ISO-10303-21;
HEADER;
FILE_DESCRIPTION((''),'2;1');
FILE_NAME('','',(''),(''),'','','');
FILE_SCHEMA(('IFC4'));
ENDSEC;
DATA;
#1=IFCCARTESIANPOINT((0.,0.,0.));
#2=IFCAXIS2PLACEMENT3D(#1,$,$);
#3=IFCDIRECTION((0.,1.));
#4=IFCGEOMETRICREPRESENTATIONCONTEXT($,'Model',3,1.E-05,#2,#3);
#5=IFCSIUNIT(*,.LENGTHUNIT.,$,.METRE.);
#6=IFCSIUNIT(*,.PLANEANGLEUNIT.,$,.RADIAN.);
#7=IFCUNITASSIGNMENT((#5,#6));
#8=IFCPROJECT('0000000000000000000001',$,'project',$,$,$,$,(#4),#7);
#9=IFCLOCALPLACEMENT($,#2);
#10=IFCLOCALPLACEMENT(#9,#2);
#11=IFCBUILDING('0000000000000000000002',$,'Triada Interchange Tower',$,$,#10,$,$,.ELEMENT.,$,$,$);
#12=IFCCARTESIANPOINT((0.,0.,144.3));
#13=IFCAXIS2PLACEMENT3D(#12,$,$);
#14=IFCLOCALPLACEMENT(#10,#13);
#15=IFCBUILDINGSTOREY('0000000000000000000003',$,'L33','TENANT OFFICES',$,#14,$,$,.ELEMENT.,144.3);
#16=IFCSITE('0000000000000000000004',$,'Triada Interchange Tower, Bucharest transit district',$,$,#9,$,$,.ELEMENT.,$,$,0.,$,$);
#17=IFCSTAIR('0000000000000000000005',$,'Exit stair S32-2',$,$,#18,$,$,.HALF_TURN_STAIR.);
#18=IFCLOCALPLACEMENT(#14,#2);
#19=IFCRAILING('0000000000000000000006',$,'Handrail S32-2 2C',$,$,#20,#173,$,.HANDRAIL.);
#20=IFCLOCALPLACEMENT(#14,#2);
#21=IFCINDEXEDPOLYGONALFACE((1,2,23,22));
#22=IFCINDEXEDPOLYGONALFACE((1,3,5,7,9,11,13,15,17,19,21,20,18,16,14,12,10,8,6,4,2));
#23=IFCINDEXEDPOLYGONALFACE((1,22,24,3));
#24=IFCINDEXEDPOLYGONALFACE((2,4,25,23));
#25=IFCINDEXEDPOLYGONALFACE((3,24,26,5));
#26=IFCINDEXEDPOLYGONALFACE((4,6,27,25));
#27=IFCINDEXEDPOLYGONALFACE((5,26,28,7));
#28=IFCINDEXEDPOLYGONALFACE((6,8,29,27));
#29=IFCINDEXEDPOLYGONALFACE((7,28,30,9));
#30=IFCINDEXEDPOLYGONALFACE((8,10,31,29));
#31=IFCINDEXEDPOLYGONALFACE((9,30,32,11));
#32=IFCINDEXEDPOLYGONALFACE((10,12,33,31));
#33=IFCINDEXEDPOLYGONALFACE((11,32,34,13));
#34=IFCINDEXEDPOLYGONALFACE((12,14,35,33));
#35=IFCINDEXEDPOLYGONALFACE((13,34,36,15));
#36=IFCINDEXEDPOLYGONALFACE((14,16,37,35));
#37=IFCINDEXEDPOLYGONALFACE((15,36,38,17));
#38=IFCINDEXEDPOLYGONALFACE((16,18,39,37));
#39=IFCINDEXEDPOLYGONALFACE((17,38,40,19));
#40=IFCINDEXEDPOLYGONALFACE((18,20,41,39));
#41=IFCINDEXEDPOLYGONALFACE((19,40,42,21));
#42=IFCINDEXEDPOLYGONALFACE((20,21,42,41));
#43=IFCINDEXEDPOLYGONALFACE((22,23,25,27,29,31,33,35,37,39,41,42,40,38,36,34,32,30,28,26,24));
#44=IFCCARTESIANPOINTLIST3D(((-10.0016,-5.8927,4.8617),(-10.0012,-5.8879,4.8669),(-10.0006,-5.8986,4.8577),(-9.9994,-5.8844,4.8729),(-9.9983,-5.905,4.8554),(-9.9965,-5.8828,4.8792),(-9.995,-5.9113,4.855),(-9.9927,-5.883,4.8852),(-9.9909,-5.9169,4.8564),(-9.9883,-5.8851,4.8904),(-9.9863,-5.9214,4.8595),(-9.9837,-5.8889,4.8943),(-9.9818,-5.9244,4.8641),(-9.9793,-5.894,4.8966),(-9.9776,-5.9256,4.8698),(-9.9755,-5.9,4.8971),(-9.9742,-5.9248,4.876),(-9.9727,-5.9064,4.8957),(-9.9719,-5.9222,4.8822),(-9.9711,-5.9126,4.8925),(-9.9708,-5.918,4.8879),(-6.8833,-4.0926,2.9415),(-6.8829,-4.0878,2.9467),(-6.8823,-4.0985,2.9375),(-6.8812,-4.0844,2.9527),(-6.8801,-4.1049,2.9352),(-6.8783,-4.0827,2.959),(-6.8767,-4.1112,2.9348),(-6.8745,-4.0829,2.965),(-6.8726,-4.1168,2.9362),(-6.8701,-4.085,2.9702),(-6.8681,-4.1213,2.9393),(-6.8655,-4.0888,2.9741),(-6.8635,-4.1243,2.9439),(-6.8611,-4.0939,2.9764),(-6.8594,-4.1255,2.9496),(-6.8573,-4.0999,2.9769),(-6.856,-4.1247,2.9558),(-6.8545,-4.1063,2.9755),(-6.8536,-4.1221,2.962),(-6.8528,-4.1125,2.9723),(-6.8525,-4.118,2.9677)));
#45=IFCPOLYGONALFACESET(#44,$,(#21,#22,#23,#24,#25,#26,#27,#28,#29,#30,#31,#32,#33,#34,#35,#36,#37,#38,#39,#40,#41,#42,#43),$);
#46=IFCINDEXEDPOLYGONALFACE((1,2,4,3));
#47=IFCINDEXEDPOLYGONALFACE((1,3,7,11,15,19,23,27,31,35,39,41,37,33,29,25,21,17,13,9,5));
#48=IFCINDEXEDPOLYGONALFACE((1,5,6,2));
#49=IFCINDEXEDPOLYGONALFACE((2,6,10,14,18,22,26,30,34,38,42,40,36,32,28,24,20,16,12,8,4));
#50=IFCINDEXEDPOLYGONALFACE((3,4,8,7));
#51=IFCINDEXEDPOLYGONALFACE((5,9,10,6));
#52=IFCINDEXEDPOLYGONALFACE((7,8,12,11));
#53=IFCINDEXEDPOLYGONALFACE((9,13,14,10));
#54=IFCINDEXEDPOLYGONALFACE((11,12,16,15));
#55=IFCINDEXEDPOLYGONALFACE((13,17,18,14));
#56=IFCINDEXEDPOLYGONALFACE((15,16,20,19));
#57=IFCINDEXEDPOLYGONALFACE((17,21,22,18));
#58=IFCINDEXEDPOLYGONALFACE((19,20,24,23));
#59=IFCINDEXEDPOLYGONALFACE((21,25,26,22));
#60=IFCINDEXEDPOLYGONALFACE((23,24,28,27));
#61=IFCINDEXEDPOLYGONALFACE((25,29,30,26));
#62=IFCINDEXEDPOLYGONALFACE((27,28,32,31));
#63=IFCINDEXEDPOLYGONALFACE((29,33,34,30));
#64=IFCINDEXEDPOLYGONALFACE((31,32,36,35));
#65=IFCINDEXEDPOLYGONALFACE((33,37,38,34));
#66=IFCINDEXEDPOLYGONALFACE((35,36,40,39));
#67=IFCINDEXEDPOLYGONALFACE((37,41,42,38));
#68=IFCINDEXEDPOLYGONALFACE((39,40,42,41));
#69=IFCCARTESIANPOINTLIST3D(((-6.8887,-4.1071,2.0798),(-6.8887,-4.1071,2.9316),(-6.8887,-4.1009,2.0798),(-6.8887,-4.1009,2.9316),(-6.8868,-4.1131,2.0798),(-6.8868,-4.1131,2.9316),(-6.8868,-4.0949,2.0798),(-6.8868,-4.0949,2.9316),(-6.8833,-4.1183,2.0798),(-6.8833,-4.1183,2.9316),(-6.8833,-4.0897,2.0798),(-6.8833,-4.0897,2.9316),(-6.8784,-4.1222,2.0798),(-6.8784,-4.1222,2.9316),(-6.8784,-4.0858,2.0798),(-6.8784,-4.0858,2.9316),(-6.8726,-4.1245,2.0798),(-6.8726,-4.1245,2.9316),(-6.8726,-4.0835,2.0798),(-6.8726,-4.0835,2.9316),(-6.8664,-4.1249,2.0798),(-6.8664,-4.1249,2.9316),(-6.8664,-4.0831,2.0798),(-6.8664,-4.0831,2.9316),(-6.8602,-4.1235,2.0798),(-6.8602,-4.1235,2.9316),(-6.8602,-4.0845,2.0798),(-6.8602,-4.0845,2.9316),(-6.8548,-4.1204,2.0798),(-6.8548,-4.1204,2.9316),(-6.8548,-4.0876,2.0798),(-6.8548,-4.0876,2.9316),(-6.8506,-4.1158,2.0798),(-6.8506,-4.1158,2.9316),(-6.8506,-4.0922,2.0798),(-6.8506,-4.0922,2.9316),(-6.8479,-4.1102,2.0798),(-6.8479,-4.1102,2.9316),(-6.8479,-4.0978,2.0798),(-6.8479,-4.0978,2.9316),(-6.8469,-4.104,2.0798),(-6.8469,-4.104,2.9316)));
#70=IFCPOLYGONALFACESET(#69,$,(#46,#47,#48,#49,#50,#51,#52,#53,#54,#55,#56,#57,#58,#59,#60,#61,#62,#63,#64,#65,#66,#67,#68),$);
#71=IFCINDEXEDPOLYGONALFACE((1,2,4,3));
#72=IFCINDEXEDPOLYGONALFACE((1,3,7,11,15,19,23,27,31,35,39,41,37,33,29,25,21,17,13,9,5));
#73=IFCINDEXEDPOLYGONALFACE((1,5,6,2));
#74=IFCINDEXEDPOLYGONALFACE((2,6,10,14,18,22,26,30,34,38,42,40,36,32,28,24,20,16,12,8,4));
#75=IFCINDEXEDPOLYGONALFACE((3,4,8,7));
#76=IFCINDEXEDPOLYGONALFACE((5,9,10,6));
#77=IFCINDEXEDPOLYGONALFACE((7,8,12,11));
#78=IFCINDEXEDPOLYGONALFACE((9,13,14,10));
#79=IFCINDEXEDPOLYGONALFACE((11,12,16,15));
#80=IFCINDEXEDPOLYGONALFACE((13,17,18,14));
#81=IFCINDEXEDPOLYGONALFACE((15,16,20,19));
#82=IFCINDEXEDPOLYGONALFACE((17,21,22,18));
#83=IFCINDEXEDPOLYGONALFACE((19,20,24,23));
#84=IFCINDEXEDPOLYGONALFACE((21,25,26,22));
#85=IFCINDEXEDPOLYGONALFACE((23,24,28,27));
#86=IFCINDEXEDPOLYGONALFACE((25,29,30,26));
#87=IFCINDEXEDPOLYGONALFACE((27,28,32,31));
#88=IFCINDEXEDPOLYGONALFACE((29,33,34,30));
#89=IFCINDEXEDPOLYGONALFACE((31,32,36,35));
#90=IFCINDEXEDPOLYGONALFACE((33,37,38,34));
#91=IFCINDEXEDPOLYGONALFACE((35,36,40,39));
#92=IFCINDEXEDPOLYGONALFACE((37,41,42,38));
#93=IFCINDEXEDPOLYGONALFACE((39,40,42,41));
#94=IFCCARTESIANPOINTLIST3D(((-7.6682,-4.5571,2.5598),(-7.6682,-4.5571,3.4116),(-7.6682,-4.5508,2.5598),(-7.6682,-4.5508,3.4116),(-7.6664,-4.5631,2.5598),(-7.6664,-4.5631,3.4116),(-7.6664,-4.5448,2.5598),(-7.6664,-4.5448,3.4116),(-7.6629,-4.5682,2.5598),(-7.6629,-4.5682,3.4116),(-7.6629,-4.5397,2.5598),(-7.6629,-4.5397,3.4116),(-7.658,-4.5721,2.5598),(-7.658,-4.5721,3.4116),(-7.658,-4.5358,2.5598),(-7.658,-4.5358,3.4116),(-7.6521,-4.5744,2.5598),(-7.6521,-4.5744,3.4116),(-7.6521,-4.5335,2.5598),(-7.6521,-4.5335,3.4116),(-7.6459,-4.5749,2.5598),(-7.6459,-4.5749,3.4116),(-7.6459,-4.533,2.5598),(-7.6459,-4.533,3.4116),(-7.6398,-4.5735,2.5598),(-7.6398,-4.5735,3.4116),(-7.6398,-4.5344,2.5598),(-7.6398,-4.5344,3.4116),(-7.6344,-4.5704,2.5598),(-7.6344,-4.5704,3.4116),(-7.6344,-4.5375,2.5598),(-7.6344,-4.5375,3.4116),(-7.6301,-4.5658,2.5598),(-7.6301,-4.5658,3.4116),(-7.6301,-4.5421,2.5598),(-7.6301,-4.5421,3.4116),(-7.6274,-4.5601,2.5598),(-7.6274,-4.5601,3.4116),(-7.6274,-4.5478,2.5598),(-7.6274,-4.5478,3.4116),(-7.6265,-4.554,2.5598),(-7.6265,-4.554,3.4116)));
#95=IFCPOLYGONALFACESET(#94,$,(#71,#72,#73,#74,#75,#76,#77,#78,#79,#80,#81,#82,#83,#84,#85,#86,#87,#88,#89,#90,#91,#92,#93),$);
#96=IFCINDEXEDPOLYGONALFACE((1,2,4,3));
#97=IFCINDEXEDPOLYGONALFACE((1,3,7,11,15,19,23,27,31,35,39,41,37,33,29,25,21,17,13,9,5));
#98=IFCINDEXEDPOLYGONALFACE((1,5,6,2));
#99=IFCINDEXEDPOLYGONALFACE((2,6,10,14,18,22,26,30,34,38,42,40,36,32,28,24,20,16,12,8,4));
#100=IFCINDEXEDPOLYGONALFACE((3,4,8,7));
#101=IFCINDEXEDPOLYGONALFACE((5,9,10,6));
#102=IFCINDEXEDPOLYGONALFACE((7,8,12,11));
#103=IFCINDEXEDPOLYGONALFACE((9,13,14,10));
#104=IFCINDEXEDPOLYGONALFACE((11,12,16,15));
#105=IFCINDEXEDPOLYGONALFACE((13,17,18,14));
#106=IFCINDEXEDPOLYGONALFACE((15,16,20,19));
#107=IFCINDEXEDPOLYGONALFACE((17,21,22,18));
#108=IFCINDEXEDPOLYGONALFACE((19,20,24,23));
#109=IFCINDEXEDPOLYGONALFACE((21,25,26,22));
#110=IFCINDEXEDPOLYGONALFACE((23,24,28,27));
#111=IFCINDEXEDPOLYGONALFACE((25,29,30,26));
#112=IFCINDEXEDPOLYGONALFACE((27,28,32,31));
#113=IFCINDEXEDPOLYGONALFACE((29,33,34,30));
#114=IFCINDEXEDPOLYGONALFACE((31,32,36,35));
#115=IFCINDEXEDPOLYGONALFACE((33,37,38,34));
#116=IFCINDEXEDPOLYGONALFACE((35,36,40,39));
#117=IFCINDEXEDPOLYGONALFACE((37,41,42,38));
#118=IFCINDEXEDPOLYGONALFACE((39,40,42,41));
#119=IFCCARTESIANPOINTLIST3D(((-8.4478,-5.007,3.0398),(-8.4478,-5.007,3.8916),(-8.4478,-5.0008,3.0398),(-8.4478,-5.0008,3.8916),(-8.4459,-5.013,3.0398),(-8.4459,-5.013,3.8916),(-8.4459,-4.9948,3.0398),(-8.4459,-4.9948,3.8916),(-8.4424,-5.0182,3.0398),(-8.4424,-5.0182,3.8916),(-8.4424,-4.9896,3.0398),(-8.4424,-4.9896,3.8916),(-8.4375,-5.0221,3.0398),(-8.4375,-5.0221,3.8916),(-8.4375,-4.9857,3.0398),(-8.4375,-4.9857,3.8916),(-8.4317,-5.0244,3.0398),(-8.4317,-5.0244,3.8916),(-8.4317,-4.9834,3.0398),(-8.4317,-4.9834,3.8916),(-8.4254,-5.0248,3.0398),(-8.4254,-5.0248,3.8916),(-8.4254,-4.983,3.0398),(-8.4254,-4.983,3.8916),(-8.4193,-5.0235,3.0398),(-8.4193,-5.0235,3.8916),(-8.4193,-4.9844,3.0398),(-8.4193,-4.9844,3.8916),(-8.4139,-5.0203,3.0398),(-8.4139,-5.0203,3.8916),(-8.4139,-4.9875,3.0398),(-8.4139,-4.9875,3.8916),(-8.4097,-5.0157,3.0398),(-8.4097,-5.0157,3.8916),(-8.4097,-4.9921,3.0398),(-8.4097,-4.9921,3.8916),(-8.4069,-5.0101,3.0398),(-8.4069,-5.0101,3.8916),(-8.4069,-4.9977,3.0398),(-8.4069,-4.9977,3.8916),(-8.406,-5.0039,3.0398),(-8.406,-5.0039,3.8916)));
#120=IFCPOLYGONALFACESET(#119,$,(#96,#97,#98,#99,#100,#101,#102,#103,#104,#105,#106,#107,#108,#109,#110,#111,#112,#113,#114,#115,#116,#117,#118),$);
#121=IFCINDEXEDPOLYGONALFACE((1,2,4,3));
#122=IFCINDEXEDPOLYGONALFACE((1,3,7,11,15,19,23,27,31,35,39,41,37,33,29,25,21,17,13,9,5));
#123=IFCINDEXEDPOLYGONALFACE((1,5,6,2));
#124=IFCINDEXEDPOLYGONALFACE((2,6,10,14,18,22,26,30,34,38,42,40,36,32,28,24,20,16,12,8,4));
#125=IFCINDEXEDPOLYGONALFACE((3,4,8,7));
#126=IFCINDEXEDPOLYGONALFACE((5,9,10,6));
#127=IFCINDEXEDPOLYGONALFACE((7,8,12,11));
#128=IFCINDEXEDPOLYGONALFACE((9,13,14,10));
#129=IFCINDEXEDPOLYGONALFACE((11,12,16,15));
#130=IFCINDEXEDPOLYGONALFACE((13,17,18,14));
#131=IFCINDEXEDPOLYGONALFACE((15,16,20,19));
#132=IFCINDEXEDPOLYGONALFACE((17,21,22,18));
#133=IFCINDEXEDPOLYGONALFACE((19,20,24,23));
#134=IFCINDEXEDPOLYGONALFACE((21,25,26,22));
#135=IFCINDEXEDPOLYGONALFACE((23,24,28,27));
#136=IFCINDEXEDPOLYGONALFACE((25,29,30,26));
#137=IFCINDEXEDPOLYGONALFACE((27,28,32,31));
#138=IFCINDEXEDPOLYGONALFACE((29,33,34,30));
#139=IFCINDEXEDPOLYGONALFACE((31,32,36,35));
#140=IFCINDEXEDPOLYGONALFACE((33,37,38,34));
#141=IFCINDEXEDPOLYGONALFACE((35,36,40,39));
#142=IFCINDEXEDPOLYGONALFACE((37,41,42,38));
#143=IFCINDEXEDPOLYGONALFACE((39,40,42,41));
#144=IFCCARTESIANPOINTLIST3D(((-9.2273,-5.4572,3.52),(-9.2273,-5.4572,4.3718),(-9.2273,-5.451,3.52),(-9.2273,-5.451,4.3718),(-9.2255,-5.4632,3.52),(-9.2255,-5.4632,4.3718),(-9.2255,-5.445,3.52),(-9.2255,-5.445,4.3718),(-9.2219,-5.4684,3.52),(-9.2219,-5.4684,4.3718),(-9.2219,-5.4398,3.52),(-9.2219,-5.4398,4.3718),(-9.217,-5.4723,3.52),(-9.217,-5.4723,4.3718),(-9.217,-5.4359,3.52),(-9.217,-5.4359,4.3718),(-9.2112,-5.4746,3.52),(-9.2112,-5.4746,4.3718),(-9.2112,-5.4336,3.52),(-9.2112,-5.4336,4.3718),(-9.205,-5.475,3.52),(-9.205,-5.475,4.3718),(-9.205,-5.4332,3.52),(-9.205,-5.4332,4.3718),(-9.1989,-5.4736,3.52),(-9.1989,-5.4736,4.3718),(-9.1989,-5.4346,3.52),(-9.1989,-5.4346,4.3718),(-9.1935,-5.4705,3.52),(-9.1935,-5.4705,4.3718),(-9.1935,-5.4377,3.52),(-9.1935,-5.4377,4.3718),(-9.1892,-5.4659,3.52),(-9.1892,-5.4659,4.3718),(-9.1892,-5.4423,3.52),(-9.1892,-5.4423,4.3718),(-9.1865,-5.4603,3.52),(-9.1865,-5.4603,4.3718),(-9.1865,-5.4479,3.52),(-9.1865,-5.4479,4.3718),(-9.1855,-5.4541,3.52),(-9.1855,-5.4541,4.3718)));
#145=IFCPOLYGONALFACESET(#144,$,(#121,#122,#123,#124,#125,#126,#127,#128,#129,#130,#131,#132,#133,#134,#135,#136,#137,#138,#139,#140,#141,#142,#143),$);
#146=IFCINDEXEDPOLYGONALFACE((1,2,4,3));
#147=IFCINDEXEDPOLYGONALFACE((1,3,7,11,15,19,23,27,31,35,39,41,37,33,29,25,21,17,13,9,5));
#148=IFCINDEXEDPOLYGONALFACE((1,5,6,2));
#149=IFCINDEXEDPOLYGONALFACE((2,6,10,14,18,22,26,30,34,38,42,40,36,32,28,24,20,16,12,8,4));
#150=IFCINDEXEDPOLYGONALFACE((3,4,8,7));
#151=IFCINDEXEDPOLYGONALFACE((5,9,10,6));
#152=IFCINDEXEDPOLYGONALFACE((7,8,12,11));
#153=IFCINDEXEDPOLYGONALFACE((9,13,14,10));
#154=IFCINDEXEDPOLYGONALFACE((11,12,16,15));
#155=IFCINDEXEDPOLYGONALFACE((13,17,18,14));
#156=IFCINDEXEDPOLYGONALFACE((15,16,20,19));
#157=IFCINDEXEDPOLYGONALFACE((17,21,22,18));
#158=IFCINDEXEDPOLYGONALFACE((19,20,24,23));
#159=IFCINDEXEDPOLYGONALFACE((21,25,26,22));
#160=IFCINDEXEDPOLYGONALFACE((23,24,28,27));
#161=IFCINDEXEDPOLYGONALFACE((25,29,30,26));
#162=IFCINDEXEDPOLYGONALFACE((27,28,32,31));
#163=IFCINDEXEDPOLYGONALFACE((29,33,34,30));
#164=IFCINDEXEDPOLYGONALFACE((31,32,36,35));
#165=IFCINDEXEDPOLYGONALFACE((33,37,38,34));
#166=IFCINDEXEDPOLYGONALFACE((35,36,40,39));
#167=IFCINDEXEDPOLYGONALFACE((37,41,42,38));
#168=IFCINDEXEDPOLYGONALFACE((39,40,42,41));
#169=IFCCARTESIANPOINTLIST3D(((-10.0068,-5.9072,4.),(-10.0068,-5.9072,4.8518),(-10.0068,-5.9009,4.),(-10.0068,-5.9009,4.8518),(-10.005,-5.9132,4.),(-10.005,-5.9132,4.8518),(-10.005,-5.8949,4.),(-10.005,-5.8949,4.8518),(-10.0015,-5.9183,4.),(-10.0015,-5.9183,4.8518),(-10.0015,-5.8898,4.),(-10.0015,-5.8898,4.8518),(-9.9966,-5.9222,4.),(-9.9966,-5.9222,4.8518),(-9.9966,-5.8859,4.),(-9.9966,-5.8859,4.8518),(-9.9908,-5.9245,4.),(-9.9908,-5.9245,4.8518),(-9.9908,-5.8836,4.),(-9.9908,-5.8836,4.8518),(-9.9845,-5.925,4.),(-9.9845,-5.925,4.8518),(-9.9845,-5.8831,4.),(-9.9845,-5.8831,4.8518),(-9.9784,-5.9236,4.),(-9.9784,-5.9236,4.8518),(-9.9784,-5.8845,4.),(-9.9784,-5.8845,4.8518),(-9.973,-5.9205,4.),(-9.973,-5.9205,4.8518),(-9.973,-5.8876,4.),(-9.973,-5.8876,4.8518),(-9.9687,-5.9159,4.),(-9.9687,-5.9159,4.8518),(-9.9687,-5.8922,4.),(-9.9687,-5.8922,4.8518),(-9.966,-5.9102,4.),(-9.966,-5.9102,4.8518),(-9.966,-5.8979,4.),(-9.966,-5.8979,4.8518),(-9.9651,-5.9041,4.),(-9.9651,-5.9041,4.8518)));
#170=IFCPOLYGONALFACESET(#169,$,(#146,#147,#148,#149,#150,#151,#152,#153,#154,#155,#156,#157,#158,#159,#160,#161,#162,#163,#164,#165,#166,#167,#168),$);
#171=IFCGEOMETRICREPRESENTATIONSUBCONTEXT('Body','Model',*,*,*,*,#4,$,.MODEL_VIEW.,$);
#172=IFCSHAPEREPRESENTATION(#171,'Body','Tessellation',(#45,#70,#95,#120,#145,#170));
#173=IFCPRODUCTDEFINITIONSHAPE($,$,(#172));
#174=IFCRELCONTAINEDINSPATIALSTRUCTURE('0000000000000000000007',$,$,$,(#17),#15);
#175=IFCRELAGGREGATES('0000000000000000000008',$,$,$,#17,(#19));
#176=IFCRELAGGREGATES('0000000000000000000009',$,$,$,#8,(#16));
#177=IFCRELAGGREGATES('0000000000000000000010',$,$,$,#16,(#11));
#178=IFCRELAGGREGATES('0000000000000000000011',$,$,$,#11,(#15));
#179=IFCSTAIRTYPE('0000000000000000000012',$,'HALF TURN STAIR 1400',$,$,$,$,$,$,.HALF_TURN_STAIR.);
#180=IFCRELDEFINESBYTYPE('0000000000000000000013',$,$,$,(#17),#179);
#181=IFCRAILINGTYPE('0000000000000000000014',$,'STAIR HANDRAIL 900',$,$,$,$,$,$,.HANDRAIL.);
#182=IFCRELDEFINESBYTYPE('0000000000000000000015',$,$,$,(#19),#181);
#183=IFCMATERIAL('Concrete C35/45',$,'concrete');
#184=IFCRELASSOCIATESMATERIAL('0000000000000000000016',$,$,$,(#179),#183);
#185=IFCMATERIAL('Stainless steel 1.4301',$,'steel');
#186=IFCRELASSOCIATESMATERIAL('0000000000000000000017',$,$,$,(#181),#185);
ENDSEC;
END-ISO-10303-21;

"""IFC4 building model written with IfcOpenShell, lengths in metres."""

from ifc_helpers import new_model, si_unit, direction, frame, origin, origin_2d, place, context, subcontext, project, spatial, circle, extrude, material, type_object, element, aggregate, save


model = new_model("IFC4")

# Units and contexts
model_context = context("Model", 3, precision=1e-05, world=origin(), true_north=direction((0.0, 1.0)))
body_context = subcontext(model_context, "Body", "Model", "MODEL_VIEW")
ifc_project = project(units=[si_unit("LENGTHUNIT", "METRE"), si_unit("PLANEANGLEUNIT", "RADIAN")], contexts=[model_context])

# Site, building, storey
site_placement = place(None, origin())
site = spatial("IfcSite", under=ifc_project, at=site_placement, Name="Triada Interchange Tower, Bucharest transit district", CompositionType="ELEMENT", RefElevation=0.0)
building_placement = place(site_placement, origin())
building = spatial("IfcBuilding", under=site, at=building_placement, Name="Triada Interchange Tower", CompositionType="ELEMENT")
storey_placement = place(building_placement, frame((0.0, 0.0, 144.3)))
storey = spatial("IfcBuildingStorey", under=building, at=storey_placement, Name="L33", Description="TENANT OFFICES", CompositionType="ELEMENT", Elevation=144.3)

# Stair, railing
ifc_material_1 = material(Name="Concrete C35/45", Category="concrete")
stair_type = type_object("IfcStairType", Name="HALF TURN STAIR 1400", PredefinedType="HALF_TURN_STAIR", material=ifc_material_1)
stair_placement = place(storey_placement, origin())
stair = element("IfcStair", 1, at=stair_placement, inside=storey, type_object=stair_type, Name="Exit stair S32-2", PredefinedType="HALF_TURN_STAIR")
ifc_material_2 = material(Name="Stainless steel 1.4301", Category="steel")
railing_type = type_object("IfcRailingType", Name="STAIR HANDRAIL 900", PredefinedType="HANDRAIL", material=ifc_material_2)
railing_1_placement = place(storey_placement, frame((-6.8679, -4.104, 2.0798)))
railing_1 = element("IfcRailing", 2, at=railing_1_placement, type_object=railing_type, Name="Handrail S32-2 2C", PredefinedType="HANDRAIL", context=body_context, shape_type="SweptSolid", body=[
    extrude(circle(Radius=0.0239, at=origin_2d()), frame((0.0, 0.0, 0.876), z_axis=(-0.76417, -0.441139, 0.470576), x_axis=(0.499953, -0.866052, 0.0)), (0.0, 0.0, 1.0), 4.0806),
    extrude(circle(Radius=0.021, at=origin_2d()), origin(), (0.0, 0.0, 1.0), 0.8518),
    extrude(circle(Radius=0.021, at=origin_2d()), frame((-0.7795, -0.45, 0.48)), (0.0, 0.0, 1.0), 0.8518),
    extrude(circle(Radius=0.021, at=origin_2d()), frame((-1.5591, -0.8999, 0.96)), (0.0, 0.0, 1.0), 0.8518),
    extrude(circle(Radius=0.021, at=origin_2d()), frame((-2.3386, -1.3501, 1.4402)), (0.0, 0.0, 1.0), 0.8518),
    extrude(circle(Radius=0.021, at=origin_2d()), frame((-3.1182, -1.8, 1.9202)), (0.0, 0.0, 1.0), 0.8518),
])
aggregate(stair, [railing_1])

save(model, "model.ifc")
